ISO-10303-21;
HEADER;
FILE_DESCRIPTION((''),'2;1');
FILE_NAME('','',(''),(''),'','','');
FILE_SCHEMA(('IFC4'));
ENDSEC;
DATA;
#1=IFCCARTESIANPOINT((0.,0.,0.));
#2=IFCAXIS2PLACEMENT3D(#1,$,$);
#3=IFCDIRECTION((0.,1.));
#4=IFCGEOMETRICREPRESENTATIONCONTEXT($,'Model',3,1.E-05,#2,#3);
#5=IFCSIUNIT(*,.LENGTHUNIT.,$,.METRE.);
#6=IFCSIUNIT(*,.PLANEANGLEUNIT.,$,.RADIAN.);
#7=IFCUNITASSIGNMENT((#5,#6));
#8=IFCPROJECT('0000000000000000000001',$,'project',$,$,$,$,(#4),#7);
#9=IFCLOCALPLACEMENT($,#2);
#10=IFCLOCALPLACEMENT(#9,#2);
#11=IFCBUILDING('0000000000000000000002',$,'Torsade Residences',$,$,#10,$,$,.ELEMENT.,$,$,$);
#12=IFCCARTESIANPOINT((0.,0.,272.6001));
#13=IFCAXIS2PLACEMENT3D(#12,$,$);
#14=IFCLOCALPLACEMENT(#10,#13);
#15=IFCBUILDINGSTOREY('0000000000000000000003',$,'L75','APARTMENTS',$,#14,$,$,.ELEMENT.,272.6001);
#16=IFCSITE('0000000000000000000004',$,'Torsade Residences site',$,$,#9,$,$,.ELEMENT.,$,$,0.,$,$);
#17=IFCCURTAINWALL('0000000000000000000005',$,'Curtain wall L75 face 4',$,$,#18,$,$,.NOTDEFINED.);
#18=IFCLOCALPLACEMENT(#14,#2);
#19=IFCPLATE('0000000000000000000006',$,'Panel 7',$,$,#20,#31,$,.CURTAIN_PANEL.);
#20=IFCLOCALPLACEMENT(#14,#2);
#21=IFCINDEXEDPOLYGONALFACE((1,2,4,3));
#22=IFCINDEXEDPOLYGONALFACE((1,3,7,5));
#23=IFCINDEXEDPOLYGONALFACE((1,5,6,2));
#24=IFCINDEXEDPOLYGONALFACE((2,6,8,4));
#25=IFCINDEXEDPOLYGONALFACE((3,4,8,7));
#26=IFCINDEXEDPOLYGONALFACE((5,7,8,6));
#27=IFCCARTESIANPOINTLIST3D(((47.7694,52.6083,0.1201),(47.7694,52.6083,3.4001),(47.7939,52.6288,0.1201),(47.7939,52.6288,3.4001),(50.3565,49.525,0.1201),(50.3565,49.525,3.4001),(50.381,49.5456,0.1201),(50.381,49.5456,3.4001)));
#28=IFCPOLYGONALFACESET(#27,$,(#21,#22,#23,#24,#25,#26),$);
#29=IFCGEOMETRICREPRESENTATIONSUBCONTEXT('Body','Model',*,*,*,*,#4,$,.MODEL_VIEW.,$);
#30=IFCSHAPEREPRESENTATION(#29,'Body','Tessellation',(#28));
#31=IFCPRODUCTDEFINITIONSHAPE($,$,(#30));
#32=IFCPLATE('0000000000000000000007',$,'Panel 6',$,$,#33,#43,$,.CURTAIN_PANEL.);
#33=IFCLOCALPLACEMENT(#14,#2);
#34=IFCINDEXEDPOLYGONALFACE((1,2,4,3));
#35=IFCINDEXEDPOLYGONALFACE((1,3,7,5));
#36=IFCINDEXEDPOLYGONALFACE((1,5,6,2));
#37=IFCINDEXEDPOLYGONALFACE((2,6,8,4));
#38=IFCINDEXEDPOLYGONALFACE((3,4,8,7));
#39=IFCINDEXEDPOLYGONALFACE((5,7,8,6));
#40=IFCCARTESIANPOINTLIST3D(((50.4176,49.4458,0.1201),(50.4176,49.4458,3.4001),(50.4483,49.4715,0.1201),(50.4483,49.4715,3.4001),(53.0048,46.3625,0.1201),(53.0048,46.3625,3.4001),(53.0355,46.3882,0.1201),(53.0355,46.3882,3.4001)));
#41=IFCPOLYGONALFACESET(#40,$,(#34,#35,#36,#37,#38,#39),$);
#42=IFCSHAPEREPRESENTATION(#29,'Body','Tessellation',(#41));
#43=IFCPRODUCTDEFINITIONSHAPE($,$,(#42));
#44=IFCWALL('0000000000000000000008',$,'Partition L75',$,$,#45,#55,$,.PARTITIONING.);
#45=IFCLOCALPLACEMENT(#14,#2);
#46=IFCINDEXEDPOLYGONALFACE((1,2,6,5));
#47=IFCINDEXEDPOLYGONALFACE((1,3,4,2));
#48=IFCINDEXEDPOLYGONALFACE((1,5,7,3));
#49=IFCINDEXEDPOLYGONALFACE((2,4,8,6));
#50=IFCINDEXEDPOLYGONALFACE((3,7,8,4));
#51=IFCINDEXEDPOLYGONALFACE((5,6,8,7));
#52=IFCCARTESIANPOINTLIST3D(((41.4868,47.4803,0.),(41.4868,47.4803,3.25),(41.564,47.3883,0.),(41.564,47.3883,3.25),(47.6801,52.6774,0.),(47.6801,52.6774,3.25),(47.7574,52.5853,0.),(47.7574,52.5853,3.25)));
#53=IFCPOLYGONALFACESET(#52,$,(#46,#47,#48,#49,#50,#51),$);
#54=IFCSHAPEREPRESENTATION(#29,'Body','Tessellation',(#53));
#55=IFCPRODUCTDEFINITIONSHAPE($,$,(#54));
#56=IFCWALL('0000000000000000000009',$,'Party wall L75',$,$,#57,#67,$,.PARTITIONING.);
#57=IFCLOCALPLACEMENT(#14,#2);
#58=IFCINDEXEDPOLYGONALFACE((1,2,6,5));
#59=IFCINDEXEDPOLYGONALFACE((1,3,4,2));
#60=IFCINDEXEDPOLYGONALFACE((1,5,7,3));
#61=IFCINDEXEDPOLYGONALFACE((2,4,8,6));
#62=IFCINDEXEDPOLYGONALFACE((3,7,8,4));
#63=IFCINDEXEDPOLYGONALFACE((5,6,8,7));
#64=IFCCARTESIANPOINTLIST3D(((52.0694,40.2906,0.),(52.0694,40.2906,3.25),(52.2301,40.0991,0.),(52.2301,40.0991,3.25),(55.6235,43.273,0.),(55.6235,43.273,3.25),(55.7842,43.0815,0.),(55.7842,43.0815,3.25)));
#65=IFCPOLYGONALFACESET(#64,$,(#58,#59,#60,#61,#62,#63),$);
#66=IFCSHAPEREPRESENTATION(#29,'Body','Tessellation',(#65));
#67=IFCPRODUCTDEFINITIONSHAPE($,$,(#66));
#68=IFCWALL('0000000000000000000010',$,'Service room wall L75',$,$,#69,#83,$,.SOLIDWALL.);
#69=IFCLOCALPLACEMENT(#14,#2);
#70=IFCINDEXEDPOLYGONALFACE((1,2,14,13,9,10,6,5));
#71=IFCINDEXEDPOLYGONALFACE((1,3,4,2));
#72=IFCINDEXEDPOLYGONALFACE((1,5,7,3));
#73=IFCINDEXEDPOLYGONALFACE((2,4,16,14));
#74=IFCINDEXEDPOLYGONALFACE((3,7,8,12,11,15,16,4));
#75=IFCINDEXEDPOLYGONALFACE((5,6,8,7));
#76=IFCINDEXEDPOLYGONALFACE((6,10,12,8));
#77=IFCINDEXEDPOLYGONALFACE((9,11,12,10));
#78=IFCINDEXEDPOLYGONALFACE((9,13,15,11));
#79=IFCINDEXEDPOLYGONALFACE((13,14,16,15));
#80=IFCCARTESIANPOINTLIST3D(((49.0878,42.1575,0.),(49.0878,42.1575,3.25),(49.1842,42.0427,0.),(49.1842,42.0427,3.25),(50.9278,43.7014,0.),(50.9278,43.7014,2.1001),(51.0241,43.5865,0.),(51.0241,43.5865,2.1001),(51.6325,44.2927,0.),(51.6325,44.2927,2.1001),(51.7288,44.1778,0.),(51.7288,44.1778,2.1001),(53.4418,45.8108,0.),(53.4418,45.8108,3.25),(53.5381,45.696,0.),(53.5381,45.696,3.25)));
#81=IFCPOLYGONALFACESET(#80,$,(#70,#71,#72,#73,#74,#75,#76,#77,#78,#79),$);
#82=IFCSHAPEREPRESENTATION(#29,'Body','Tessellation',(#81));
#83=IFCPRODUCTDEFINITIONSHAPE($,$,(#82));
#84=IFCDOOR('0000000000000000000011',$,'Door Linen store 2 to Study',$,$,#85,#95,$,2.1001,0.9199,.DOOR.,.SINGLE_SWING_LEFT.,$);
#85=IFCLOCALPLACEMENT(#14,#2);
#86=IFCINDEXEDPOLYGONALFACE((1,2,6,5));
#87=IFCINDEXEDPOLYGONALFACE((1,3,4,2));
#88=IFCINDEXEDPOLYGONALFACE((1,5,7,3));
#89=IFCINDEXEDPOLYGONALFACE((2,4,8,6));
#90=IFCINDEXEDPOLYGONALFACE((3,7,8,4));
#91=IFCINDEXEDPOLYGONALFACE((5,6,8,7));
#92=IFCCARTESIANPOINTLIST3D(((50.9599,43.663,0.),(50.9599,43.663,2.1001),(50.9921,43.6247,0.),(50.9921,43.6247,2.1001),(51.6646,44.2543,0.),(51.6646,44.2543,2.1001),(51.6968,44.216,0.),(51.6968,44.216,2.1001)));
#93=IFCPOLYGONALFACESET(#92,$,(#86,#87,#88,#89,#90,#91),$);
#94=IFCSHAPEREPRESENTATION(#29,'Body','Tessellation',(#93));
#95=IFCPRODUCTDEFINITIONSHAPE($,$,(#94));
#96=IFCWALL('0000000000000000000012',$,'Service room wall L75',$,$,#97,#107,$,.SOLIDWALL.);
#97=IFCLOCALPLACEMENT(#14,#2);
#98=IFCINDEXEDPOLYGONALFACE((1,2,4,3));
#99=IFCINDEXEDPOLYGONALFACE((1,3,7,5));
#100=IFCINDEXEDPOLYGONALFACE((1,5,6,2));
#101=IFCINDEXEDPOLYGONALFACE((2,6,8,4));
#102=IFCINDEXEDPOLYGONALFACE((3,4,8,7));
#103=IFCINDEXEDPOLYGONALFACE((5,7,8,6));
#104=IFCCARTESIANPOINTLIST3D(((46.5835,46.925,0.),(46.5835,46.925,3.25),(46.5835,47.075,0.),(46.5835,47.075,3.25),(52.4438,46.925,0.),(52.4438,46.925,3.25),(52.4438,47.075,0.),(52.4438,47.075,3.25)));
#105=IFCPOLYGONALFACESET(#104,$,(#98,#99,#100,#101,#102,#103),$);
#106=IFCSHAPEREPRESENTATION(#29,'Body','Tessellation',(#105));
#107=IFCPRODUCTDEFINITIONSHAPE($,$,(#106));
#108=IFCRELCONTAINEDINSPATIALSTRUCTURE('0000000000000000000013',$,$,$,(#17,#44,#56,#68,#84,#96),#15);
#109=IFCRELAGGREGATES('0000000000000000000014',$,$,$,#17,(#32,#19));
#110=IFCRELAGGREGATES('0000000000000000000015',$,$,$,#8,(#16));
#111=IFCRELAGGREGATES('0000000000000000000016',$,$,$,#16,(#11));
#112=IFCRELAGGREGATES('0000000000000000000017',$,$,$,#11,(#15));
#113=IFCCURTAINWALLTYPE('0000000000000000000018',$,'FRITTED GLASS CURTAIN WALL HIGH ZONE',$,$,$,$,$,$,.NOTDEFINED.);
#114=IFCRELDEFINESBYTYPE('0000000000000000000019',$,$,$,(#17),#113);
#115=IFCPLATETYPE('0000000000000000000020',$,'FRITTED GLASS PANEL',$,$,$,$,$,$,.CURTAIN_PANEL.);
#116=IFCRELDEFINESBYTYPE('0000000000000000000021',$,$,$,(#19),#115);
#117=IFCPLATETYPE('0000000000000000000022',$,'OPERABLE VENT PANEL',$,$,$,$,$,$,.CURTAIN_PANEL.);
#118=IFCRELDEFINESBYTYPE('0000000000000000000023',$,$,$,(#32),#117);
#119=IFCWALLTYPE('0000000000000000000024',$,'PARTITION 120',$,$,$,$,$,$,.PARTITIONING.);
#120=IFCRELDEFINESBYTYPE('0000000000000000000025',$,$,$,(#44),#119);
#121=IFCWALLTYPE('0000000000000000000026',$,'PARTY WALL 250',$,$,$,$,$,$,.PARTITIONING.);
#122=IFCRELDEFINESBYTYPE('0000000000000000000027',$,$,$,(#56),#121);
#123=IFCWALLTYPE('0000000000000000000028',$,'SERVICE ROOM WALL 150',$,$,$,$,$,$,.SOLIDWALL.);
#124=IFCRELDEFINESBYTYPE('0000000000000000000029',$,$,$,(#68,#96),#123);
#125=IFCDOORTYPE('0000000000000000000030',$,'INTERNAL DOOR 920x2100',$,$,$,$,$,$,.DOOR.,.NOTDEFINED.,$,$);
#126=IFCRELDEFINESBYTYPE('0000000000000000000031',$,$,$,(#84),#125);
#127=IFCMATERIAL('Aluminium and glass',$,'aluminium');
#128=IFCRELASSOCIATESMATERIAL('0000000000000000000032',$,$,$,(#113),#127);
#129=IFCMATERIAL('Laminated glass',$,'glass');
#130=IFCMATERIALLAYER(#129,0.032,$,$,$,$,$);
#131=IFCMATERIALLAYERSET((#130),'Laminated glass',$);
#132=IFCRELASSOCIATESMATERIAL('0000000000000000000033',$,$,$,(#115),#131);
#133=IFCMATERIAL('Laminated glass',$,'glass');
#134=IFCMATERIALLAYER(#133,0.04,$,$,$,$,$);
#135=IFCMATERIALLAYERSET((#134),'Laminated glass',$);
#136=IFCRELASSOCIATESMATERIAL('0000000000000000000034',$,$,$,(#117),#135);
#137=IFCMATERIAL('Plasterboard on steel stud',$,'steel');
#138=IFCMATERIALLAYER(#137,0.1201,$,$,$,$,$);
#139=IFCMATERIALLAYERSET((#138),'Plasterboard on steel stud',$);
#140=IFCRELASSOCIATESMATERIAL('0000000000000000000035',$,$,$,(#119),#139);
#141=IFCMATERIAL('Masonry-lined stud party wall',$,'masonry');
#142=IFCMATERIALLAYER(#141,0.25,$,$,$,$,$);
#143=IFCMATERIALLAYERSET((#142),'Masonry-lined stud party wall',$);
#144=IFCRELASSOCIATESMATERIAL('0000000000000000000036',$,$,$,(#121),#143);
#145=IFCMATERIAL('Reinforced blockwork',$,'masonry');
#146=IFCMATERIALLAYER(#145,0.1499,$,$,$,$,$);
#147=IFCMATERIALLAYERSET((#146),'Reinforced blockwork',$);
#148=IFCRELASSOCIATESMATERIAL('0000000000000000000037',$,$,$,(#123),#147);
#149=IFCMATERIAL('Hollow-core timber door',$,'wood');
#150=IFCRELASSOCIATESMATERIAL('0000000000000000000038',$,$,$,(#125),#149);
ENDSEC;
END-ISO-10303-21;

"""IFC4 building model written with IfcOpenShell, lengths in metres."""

from ifc_helpers import new_model, si_unit, direction, frame, frame_2d, origin, origin_2d, place, context, subcontext, project, spatial, rectangle, extrude, material, layer, layer_set, type_object, element, fill, aggregate, save


model = new_model("IFC4")

# Units and contexts
model_context = context("Model", 3, precision=1e-05, world=origin(), true_north=direction((0.0, 1.0)))
body_context = subcontext(model_context, "Body", "Model", "MODEL_VIEW")
ifc_project = project(units=[si_unit("LENGTHUNIT", "METRE"), si_unit("PLANEANGLEUNIT", "RADIAN")], contexts=[model_context])

# Site, building, storey
site_placement = place(None, origin())
site = spatial("IfcSite", under=ifc_project, at=site_placement, Name="Torsade Residences site", CompositionType="ELEMENT", RefElevation=0.0)
building_placement = place(site_placement, origin())
building = spatial("IfcBuilding", under=site, at=building_placement, Name="Torsade Residences", CompositionType="ELEMENT")
storey_placement = place(building_placement, frame((0.0, 0.0, 272.6001)))
storey = spatial("IfcBuildingStorey", under=building, at=storey_placement, Name="L75", Description="APARTMENTS", CompositionType="ELEMENT", Elevation=272.6001)

# Curtain wall
ifc_material_1 = material(Name="Aluminium and glass", Category="aluminium")
curtain_wall_type = type_object("IfcCurtainWallType", Name="FRITTED GLASS CURTAIN WALL HIGH ZONE", PredefinedType="NOTDEFINED", material=ifc_material_1)
curtain_wall_placement = place(storey_placement, origin())
curtain_wall = element("IfcCurtainWall", 1, at=curtain_wall_placement, inside=storey, type_object=curtain_wall_type, Name="Curtain wall L75 face 4", PredefinedType="NOTDEFINED")

# Plates
ifc_material_2 = material(Name="Laminated glass", Category="glass")
ifc_layer_1 = layer(ifc_material_2, 0.032)
ifc_layer_set_1 = layer_set([ifc_layer_1], Name="Laminated glass")
plate_type_1 = type_object("IfcPlateType", Name="FRITTED GLASS PANEL", PredefinedType="CURTAIN_PANEL", material=ifc_layer_set_1)
plate_1_placement = place(storey_placement, frame((49.0752, 51.0769, 0.1201), z_axis=(0.0, 0.0, 1.0), x_axis=(-0.642788, 0.766044, 0.0)))
plate_1 = element("IfcPlate", 2, at=plate_1_placement, type_object=plate_type_1, Name="Panel 7", PredefinedType="CURTAIN_PANEL", context=body_context, shape_type="SweptSolid", body=[
    extrude(rectangle(XDim=4.0249, YDim=0.032, at=origin_2d()), origin(), (0.0, 0.0, 1.0), 3.28),
])
ifc_material_3 = material(Name="Laminated glass", Category="glass")
ifc_layer_2 = layer(ifc_material_3, 0.04)
ifc_layer_set_2 = layer_set([ifc_layer_2], Name="Laminated glass")
plate_type_2 = type_object("IfcPlateType", Name="OPERABLE VENT PANEL", PredefinedType="CURTAIN_PANEL", material=ifc_layer_set_2)
plate_2_placement = place(storey_placement, frame((51.7266, 47.917, 0.1201), z_axis=(0.0, 0.0, 1.0), x_axis=(-0.642788, 0.766044, 0.0)))
plate_2 = element("IfcPlate", 3, at=plate_2_placement, type_object=plate_type_2, Name="Panel 6", PredefinedType="CURTAIN_PANEL", context=body_context, shape_type="SweptSolid", body=[
    extrude(rectangle(XDim=4.0249, YDim=0.04, at=origin_2d()), origin(), (0.0, 0.0, 1.0), 3.28),
])
aggregate(curtain_wall, [plate_2, plate_1])

# Walls
ifc_material_4 = material(Name="Plasterboard on steel stud", Category="steel")
ifc_layer_3 = layer(ifc_material_4, 0.1201)
ifc_layer_set_3 = layer_set([ifc_layer_3], Name="Plasterboard on steel stud")
wall_type_1 = type_object("IfcWallType", Name="PARTITION 120", PredefinedType="PARTITIONING", material=ifc_layer_set_3)
wall_1_placement = place(storey_placement, frame((47.7188, 52.6313, 0.0), z_axis=(0.0, 0.0, 1.0), x_axis=(-0.766034, -0.6428, 0.0)))
element("IfcWall", 4, at=wall_1_placement, inside=storey, type_object=wall_type_1, Name="Partition L75", PredefinedType="PARTITIONING", context=body_context, shape_type="SweptSolid", body=[
    extrude(rectangle(XDim=8.085, YDim=0.1201, at=frame_2d((4.0425, 0.0))), origin(), (0.0, 0.0, 1.0), 3.25),
])
ifc_material_5 = material(Name="Masonry-lined stud party wall", Category="masonry")
ifc_layer_4 = layer(ifc_material_5, 0.25)
ifc_layer_set_4 = layer_set([ifc_layer_4], Name="Masonry-lined stud party wall")
wall_type_2 = type_object("IfcWallType", Name="PARTY WALL 250", PredefinedType="PARTITIONING", material=ifc_layer_set_4)
wall_2_placement = place(storey_placement, frame((55.7039, 43.1772, 0.0), z_axis=(0.0, 0.0, 1.0), x_axis=(-0.766034, -0.6428, 0.0)))
element("IfcWall", 5, at=wall_2_placement, inside=storey, type_object=wall_type_2, Name="Party wall L75", PredefinedType="PARTITIONING", context=body_context, shape_type="SweptSolid", body=[
    extrude(rectangle(XDim=4.6396, YDim=0.25, at=frame_2d((2.3198, 0.0))), origin(), (0.0, 0.0, 1.0), 3.25),
])

# Wall, opening, door
ifc_material_6 = material(Name="Reinforced blockwork", Category="masonry")
ifc_layer_5 = layer(ifc_material_6, 0.1499)
ifc_layer_set_5 = layer_set([ifc_layer_5], Name="Reinforced blockwork")
wall_type_3 = type_object("IfcWallType", Name="SERVICE ROOM WALL 150", PredefinedType="SOLIDWALL", material=ifc_layer_set_5)
wall_3_placement = place(storey_placement, frame((49.136, 42.1001, 0.0), z_axis=(0.0, 0.0, 1.0), x_axis=(0.766055, 0.642775, 0.0)))
wall_3 = element("IfcWall", 6, at=wall_3_placement, inside=storey, type_object=wall_type_3, Name="Service room wall L75", PredefinedType="SOLIDWALL", context=body_context, shape_type="SweptSolid", body=[
    extrude(rectangle(XDim=5.6836, YDim=0.1499, at=frame_2d((2.8418, 0.0))), origin(), (0.0, 0.0, 1.0), 3.25),
])
opening_placement = place(wall_3_placement, frame((2.4019, 0.0, 0.0)))
opening = element("IfcOpeningElement", 7, at=opening_placement, cuts=wall_3, PredefinedType="OPENING", context=body_context, shape_type="SweptSolid", body=[
    extrude(rectangle(XDim=0.9199, YDim=2.1001, at=frame_2d((0.46, 1.05))), frame((0.0, 0.085, 0.0), z_axis=(0.0, -1.0, 0.0), x_axis=(1.0, 0.0, 0.0)), (0.0, 0.0, 1.0), 0.1699),
])
ifc_material_7 = material(Name="Hollow-core timber door", Category="wood")
door_type = type_object("IfcDoorType", Name="INTERNAL DOOR 920x2100", OperationType="NOTDEFINED", PredefinedType="DOOR", material=ifc_material_7)
door_placement = place(opening_placement, origin())
door = element("IfcDoor", 8, at=door_placement, inside=storey, type_object=door_type, Name="Door Linen store 2 to Study", OperationType="SINGLE_SWING_LEFT", OverallHeight=2.1001, OverallWidth=0.9199, PredefinedType="DOOR", context=body_context, shape_type="SweptSolid", body=[
    extrude(rectangle(XDim=0.9199, YDim=2.1001, at=frame_2d((0.46, 1.05))), frame((0.0, 0.0249, 0.0), z_axis=(0.0, -1.0, 0.0), x_axis=(1.0, 0.0, 0.0)), (0.0, 0.0, 1.0), 0.05),
])
fill(opening, door)

# Wall
wall_4_placement = place(storey_placement, frame((46.5835, 47.0, 0.0), z_axis=(0.0, 0.0, 1.0), x_axis=(1.0, 0.0, 0.0)))
element("IfcWall", 9, at=wall_4_placement, inside=storey, type_object=wall_type_3, Name="Service room wall L75", PredefinedType="SOLIDWALL", context=body_context, shape_type="SweptSolid", body=[
    extrude(rectangle(XDim=5.8604, YDim=0.1499, at=frame_2d((2.9302, 0.0))), origin(), (0.0, 0.0, 1.0), 3.25),
])

save(model, "model.ifc")
